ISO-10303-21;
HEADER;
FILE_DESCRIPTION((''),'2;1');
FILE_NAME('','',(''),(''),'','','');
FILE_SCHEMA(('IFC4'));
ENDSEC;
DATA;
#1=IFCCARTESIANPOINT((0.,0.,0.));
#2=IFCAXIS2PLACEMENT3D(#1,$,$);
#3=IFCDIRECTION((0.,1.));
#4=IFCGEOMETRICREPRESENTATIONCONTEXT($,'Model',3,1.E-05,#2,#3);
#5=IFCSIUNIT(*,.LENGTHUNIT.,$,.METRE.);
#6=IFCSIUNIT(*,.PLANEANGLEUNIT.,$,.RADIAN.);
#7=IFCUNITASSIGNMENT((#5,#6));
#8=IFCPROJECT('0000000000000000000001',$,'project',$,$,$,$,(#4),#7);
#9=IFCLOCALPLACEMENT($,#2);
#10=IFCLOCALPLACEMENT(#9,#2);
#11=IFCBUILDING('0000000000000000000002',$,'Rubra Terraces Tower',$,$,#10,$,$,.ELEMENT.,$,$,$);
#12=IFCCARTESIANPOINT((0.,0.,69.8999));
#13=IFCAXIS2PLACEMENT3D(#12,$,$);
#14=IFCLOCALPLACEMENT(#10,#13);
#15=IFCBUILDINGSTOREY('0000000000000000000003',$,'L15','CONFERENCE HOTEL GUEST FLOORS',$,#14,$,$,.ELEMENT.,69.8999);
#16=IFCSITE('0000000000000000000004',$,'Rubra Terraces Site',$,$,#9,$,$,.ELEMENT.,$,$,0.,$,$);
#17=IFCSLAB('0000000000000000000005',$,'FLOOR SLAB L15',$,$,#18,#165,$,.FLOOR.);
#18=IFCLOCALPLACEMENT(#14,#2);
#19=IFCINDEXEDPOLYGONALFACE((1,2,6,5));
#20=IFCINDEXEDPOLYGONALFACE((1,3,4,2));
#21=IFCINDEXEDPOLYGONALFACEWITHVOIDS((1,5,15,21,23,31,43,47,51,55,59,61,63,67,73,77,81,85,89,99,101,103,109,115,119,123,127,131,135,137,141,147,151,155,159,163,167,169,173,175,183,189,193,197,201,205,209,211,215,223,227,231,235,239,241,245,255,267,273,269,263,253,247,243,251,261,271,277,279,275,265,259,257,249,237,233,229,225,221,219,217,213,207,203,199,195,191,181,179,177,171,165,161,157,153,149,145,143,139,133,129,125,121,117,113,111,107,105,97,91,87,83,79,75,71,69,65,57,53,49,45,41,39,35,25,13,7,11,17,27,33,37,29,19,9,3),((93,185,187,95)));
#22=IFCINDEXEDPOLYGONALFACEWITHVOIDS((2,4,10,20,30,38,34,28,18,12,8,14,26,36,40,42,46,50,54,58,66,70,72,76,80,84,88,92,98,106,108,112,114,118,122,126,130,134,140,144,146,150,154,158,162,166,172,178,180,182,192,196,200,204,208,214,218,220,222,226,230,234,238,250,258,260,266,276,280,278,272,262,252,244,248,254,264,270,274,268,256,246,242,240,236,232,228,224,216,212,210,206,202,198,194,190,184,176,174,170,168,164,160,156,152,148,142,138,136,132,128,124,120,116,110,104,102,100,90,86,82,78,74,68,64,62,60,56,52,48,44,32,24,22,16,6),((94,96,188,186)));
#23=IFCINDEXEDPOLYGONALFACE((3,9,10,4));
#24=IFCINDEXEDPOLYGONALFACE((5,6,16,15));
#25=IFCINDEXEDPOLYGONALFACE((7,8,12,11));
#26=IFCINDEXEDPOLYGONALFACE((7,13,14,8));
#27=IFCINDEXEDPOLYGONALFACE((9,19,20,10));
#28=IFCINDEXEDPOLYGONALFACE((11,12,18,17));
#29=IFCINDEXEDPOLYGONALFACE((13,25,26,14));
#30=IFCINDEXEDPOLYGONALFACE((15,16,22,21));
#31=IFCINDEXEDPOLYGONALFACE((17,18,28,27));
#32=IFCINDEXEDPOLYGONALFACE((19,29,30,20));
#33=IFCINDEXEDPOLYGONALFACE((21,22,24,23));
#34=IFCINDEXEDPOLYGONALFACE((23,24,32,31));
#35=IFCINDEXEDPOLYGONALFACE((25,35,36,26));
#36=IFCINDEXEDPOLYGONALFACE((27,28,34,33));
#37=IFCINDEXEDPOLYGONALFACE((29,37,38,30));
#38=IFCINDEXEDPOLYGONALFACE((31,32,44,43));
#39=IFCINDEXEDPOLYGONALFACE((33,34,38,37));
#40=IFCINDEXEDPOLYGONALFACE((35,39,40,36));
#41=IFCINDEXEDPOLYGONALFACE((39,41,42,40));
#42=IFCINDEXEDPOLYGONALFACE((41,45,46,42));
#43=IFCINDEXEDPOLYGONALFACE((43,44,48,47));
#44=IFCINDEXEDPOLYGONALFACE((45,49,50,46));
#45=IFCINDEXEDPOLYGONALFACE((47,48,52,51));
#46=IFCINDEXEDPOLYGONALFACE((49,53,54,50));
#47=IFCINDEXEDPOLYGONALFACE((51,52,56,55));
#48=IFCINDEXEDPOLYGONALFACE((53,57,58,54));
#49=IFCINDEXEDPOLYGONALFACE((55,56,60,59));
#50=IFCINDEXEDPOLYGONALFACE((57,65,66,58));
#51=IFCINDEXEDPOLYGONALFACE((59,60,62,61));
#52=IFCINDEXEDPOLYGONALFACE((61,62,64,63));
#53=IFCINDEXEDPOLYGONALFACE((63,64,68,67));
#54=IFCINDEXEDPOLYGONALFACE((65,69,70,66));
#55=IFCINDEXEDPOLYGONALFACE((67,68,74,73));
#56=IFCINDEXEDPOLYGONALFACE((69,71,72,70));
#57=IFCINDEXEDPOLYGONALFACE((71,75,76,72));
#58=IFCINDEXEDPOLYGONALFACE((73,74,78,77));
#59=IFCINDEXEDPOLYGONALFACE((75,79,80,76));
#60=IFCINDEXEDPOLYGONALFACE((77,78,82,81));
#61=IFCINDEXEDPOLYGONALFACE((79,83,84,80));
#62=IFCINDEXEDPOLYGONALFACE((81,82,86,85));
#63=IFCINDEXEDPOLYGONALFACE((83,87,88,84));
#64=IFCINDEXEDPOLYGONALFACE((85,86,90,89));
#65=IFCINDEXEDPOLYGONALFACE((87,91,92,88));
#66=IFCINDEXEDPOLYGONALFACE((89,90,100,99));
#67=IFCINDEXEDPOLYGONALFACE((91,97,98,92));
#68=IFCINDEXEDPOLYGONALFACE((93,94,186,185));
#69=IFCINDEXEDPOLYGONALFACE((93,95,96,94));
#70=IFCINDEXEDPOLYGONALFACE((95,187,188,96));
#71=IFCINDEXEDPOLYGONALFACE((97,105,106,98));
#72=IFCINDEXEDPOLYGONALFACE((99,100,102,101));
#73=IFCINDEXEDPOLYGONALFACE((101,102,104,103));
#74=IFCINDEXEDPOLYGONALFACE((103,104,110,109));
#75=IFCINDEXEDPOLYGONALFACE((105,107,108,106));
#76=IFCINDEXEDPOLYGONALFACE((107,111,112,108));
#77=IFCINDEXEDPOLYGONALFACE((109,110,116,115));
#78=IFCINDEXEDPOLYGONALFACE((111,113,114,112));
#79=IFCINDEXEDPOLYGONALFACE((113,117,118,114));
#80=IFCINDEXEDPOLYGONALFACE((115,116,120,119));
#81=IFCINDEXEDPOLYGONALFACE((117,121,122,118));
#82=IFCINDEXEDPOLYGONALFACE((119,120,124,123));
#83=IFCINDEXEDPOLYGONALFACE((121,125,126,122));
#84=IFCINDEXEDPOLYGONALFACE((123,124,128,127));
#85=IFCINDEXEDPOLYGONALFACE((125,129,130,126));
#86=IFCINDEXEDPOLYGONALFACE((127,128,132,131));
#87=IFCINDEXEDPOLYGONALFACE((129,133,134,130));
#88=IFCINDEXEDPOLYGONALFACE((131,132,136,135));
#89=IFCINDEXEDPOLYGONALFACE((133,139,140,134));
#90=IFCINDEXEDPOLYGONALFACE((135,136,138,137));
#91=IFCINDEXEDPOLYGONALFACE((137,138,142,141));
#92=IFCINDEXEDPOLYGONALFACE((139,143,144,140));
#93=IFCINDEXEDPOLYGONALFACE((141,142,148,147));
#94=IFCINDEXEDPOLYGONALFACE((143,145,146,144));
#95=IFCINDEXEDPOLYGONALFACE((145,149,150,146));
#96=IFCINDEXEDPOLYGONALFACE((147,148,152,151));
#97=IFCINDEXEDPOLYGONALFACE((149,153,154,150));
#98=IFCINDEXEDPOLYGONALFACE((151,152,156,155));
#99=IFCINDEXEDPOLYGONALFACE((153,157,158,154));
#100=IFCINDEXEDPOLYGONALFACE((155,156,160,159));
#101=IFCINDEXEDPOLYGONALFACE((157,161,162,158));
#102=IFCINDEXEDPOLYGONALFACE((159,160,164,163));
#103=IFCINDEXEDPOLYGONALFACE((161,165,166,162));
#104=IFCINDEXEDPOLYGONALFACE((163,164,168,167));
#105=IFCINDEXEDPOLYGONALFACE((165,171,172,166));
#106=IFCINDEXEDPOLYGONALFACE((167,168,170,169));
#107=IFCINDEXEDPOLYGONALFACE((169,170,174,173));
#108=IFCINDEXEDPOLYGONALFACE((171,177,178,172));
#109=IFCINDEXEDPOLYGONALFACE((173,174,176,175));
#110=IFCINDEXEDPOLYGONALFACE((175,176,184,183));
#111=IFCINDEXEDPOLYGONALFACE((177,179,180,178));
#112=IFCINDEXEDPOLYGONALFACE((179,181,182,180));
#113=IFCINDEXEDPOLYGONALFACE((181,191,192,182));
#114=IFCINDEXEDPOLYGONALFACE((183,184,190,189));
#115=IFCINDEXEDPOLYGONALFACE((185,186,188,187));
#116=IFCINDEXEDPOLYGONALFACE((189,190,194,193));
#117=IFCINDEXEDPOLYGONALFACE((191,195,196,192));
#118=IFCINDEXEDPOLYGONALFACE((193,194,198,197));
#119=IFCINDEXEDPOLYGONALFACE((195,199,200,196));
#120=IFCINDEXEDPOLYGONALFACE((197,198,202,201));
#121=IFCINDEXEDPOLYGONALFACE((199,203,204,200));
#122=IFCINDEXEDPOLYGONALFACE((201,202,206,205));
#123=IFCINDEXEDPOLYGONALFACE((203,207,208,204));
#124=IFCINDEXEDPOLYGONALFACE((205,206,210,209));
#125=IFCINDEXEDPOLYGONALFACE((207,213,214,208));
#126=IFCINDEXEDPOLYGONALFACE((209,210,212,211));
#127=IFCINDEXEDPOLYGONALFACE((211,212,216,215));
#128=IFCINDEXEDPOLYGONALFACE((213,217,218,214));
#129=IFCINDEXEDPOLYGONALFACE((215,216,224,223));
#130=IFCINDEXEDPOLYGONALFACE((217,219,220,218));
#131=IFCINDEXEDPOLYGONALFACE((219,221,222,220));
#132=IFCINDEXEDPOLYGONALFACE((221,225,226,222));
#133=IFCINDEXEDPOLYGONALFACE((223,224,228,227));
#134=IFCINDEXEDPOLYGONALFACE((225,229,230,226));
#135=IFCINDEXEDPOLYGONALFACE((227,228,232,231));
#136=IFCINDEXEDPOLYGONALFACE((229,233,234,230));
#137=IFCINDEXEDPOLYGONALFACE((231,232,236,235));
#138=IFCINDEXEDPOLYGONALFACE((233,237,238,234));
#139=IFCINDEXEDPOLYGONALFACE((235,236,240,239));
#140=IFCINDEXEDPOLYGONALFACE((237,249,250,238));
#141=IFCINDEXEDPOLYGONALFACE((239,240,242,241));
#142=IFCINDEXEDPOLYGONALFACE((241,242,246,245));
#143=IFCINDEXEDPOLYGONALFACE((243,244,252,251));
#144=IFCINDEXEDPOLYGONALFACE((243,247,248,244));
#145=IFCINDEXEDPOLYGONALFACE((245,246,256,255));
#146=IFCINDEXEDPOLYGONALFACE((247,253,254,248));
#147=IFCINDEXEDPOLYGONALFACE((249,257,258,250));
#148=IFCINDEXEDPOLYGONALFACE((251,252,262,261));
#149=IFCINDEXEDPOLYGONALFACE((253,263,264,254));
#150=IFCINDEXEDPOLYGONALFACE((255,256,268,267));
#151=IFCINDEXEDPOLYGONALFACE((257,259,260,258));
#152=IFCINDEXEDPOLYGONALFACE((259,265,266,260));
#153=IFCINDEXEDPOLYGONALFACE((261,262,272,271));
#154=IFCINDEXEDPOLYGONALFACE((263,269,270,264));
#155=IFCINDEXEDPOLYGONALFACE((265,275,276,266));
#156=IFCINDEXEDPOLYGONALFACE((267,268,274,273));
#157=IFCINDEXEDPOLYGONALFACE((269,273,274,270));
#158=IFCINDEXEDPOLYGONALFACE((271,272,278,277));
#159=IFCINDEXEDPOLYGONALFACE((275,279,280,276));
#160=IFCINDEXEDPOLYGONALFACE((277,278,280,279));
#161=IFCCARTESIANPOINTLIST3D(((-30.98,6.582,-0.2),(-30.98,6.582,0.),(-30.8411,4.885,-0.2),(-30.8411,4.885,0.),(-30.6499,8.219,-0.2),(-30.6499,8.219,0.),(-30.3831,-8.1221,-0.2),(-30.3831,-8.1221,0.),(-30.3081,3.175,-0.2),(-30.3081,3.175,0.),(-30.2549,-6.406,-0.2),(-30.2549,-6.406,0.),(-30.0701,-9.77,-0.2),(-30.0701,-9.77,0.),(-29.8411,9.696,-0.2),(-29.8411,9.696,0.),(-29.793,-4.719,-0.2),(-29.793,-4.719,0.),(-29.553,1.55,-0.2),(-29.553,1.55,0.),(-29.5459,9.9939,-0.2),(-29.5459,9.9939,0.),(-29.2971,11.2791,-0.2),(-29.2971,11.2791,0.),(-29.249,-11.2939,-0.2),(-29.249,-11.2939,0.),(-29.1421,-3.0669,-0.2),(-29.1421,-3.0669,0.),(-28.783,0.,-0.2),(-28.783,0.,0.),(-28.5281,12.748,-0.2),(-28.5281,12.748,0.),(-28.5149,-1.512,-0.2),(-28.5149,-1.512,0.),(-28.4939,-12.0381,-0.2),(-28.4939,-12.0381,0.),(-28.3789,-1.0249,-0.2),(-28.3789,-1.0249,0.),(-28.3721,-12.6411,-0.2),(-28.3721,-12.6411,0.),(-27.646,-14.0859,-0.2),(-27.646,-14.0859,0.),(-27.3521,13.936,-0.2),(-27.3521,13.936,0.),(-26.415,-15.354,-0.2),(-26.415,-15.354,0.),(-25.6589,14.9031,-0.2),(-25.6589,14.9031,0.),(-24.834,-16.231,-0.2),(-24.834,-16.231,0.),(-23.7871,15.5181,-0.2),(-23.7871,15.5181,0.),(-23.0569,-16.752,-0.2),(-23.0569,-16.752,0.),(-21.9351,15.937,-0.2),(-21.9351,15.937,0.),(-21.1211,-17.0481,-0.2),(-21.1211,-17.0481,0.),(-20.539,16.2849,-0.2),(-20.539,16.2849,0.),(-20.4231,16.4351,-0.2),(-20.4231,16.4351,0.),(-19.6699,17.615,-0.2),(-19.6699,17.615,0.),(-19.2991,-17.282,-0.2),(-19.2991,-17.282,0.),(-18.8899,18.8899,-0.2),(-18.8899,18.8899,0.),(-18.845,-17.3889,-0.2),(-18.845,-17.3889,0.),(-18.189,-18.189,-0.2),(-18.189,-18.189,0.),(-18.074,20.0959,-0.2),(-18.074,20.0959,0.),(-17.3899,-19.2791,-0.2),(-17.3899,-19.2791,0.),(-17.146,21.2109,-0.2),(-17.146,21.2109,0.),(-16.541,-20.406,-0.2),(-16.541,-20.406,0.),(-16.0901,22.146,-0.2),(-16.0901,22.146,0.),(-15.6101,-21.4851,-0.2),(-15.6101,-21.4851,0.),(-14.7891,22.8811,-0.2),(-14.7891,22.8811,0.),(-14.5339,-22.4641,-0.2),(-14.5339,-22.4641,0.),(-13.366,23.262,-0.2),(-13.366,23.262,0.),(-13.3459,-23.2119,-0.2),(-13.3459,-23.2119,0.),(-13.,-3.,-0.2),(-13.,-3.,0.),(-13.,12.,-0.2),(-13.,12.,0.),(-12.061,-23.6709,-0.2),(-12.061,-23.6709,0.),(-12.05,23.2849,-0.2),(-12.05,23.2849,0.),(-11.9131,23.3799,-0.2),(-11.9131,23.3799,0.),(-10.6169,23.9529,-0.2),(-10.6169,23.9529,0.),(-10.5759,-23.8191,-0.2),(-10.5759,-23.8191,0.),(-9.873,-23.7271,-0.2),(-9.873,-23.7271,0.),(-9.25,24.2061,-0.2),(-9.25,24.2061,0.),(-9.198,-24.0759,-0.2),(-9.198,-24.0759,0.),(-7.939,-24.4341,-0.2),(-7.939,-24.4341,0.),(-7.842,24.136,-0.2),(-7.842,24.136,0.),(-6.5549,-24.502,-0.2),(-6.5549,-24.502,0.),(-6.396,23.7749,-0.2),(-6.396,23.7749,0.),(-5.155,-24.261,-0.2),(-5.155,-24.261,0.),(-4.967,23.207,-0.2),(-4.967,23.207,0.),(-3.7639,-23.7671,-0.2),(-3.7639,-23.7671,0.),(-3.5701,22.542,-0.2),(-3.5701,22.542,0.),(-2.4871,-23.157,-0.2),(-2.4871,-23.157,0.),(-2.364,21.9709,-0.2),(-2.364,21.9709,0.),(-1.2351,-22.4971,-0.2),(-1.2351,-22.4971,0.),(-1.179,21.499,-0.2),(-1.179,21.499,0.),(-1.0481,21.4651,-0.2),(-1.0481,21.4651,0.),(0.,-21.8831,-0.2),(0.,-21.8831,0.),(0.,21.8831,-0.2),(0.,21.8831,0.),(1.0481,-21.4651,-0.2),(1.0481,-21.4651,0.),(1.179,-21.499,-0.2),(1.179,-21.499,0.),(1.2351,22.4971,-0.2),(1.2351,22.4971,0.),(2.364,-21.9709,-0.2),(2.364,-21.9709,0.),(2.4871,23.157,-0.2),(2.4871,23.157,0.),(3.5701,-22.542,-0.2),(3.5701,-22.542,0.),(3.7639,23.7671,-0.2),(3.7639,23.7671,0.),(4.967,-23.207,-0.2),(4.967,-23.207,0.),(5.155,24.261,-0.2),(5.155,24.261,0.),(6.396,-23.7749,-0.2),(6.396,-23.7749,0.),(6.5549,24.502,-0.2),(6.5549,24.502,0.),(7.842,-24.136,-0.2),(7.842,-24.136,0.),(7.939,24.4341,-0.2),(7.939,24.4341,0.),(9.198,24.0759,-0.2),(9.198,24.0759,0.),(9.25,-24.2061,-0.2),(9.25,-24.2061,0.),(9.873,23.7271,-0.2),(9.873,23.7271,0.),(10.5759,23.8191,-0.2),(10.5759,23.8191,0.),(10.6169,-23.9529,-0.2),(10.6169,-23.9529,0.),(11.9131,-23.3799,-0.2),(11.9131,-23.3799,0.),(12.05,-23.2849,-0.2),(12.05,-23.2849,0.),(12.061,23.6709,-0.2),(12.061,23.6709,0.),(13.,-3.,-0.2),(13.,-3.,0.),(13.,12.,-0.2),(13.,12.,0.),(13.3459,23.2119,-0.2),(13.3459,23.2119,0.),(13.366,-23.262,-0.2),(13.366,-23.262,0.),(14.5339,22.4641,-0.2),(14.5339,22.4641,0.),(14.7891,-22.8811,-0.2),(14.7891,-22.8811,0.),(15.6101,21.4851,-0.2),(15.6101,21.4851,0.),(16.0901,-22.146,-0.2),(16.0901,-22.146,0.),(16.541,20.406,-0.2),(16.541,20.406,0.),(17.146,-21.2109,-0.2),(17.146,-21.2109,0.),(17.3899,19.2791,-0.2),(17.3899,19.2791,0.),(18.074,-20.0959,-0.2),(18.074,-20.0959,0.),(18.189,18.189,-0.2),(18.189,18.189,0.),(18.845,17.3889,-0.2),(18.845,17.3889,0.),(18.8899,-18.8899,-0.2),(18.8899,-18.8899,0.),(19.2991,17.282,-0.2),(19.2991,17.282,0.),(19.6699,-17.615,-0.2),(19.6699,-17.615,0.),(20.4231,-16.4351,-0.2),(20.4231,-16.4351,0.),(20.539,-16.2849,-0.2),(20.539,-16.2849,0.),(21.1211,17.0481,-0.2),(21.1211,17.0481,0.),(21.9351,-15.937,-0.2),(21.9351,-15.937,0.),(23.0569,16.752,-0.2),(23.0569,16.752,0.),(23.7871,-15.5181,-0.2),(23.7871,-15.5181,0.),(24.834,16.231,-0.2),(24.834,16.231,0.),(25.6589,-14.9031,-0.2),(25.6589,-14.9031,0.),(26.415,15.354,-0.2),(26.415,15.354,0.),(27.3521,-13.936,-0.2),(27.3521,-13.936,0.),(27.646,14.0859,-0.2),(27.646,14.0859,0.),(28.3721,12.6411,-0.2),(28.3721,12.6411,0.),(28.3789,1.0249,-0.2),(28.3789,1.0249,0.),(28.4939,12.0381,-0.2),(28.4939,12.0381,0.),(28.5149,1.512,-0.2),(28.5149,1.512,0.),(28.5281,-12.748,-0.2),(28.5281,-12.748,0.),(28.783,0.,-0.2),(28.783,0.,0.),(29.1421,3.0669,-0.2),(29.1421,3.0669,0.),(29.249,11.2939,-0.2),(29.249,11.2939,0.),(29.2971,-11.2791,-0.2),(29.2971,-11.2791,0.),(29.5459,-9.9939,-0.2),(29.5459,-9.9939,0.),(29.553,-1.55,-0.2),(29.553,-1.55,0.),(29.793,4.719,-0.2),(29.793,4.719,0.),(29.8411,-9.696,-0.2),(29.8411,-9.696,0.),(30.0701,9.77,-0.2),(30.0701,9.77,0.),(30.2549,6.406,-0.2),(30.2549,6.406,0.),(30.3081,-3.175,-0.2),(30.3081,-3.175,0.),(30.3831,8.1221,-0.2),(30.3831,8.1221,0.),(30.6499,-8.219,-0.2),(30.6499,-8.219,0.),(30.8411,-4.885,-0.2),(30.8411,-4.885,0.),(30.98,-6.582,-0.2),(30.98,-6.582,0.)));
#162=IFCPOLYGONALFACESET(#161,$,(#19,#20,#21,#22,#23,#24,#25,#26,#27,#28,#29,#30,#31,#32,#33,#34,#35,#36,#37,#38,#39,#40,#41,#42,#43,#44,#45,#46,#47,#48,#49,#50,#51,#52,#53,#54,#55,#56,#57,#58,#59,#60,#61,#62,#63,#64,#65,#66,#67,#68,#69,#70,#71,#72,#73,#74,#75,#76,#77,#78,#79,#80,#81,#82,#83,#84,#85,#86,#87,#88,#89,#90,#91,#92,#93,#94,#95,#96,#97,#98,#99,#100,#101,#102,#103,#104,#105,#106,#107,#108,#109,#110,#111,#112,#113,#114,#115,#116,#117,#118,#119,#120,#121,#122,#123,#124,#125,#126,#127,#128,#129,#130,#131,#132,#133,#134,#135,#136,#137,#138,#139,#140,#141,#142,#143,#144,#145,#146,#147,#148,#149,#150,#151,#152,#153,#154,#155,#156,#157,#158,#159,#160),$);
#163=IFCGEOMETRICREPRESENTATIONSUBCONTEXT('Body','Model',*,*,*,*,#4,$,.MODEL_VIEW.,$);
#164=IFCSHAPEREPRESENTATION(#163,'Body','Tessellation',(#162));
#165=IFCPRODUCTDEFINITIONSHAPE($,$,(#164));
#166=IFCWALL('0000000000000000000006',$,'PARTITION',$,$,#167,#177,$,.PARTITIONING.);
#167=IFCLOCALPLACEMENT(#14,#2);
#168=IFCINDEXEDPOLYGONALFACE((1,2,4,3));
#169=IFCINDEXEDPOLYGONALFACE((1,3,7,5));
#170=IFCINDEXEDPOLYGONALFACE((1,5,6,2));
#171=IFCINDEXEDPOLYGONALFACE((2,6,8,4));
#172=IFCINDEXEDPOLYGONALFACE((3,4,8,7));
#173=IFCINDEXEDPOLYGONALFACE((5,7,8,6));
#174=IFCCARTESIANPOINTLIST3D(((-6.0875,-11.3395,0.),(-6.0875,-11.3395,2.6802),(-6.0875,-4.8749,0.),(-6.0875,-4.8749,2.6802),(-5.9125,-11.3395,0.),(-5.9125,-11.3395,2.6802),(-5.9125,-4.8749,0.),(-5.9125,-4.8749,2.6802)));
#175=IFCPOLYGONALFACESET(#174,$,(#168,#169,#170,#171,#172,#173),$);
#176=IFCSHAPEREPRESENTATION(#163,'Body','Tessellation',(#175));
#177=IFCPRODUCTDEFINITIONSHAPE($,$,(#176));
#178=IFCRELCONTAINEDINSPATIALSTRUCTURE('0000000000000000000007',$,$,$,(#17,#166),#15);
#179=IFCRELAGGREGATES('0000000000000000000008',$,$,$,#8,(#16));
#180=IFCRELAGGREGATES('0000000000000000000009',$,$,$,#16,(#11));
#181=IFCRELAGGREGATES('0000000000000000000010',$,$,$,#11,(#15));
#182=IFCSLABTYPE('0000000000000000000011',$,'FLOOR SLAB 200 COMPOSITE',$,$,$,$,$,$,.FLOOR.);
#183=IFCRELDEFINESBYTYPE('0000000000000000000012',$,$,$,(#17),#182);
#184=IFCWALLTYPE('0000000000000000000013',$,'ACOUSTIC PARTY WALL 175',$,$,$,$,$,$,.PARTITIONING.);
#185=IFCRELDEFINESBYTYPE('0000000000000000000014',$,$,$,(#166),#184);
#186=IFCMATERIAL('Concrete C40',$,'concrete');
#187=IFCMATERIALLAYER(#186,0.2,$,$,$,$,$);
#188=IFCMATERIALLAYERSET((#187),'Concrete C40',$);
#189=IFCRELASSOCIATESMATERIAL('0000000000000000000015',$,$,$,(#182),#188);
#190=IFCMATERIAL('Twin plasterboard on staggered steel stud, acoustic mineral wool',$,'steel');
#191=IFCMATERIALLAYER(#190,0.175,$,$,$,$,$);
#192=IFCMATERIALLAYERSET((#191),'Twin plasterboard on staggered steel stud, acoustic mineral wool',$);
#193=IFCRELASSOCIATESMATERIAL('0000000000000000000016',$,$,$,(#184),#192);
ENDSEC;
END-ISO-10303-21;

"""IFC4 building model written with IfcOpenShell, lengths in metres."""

from ifc_helpers import new_model, si_unit, direction, frame, frame_2d, origin, place, context, subcontext, project, spatial, polyline, rectangle, outline, extrude, material, layer, layer_set, type_object, element, save


model = new_model("IFC4")

# Units and contexts
model_context = context("Model", 3, precision=1e-05, world=origin(), true_north=direction((0.0, 1.0)))
body_context = subcontext(model_context, "Body", "Model", "MODEL_VIEW")
ifc_project = project(units=[si_unit("LENGTHUNIT", "METRE"), si_unit("PLANEANGLEUNIT", "RADIAN")], contexts=[model_context])

# Site, building, storey
site_placement = place(None, origin())
site = spatial("IfcSite", under=ifc_project, at=site_placement, Name="Rubra Terraces Site", CompositionType="ELEMENT", RefElevation=0.0)
building_placement = place(site_placement, origin())
building = spatial("IfcBuilding", under=site, at=building_placement, Name="Rubra Terraces Tower", CompositionType="ELEMENT")
storey_placement = place(building_placement, frame((0.0, 0.0, 69.8999)))
storey = spatial("IfcBuildingStorey", under=building, at=storey_placement, Name="L15", Description="CONFERENCE HOTEL GUEST FLOORS", CompositionType="ELEMENT", Elevation=69.8999)

# Shared definitions
ifc_material_1 = material(Name="Concrete C40", Category="concrete")

# Slab
ifc_layer_1 = layer(ifc_material_1, 0.2)
ifc_layer_set_1 = layer_set([ifc_layer_1], Name="Concrete C40")
slab_type_1 = type_object("IfcSlabType", Name="FLOOR SLAB 200 COMPOSITE", PredefinedType="FLOOR", material=ifc_layer_set_1)
slab_1_placement = place(storey_placement, frame((0.0, 0.0, -0.2)))
element("IfcSlab", 1, at=slab_1_placement, inside=storey, type_object=slab_type_1, Name="FLOOR SLAB L15", PredefinedType="FLOOR", context=body_context, shape_type="SweptSolid", body=[
    extrude(outline(polyline([(-3.7639, -23.7671), (-2.4871, -23.157), (-1.2351, -22.4971), (0.0, -21.8831), (1.0481, -21.4651), (1.179, -21.499), (2.364, -21.9709), (3.5701, -22.542), (4.967, -23.207), (6.396, -23.7749), (7.842, -24.136), (9.25, -24.2061), (10.6169, -23.9529), (11.9131, -23.3799), (12.05, -23.2849), (13.366, -23.262), (14.7891, -22.8811), (16.0901, -22.146), (17.146, -21.2109), (18.074, -20.0959), (18.8899, -18.8899), (19.6699, -17.615), (20.4231, -16.4351), (20.5391, -16.2849), (20.3501, -16.332), (21.9351, -15.937), (23.7871, -15.5181), (25.6589, -14.9031), (27.3521, -13.936), (28.5281, -12.748), (29.2971, -11.2791), (29.5459, -9.9939), (29.8411, -9.696), (30.6499, -8.219), (30.98, -6.582), (30.8411, -4.885), (30.3081, -3.175), (29.553, -1.55), (28.783, 0.0), (28.3789, 1.0249), (28.5149, 1.512), (29.1421, 3.0669), (29.793, 4.719), (30.2549, 6.406), (30.3831, 8.1221), (30.0701, 9.77), (29.249, 11.2939), (28.4939, 12.0381), (28.3721, 12.6411), (27.646, 14.0859), (26.415, 15.354), (24.834, 16.231), (23.0569, 16.752), (21.1211, 17.0481), (19.2991, 17.282), (18.845, 17.3889), (18.189, 18.189), (17.3899, 19.2791), (16.541, 20.406), (15.6101, 21.4851), (14.5339, 22.4641), (13.3459, 23.2119), (12.061, 23.6709), (10.5759, 23.8191), (9.873, 23.7271), (9.198, 24.0759), (7.939, 24.4341), (6.5549, 24.502), (5.155, 24.261), (3.7639, 23.7671), (2.4871, 23.157), (1.2351, 22.4971), (0.0, 21.8831), (-1.0481, 21.4651), (-1.179, 21.499), (-2.364, 21.9709), (-3.5701, 22.542), (-4.967, 23.207), (-6.396, 23.7749), (-7.842, 24.136), (-9.25, 24.2061), (-10.6169, 23.9529), (-11.9131, 23.3799), (-12.05, 23.2849), (-13.366, 23.262), (-14.7891, 22.8811), (-16.0901, 22.146), (-17.146, 21.2109), (-18.074, 20.0959), (-18.8899, 18.8899), (-19.6699, 17.615), (-20.4231, 16.4351), (-20.5391, 16.2849), (-20.3501, 16.332), (-21.9351, 15.937), (-23.7871, 15.5181), (-25.6589, 14.9031), (-27.3521, 13.936), (-28.5281, 12.748), (-29.2971, 11.2791), (-29.5459, 9.9939), (-29.8411, 9.696), (-30.6499, 8.219), (-30.98, 6.582), (-30.8411, 4.885), (-30.3081, 3.175), (-29.553, 1.55), (-28.783, 0.0), (-28.3789, -1.0249), (-28.5149, -1.512), (-29.1421, -3.0669), (-29.793, -4.719), (-30.2549, -6.406), (-30.3831, -8.1221), (-30.0701, -9.77), (-29.249, -11.2939), (-28.4939, -12.0381), (-28.3721, -12.6411), (-27.646, -14.0859), (-26.415, -15.354), (-24.834, -16.231), (-23.0569, -16.752), (-21.1211, -17.0481), (-19.2991, -17.282), (-18.845, -17.3889), (-18.189, -18.189), (-17.3899, -19.2791), (-16.541, -20.406), (-15.6101, -21.4851), (-14.5339, -22.4641), (-13.3459, -23.2119), (-12.061, -23.6709), (-10.5759, -23.8191), (-9.873, -23.7271), (-9.198, -24.0759), (-7.939, -24.4341), (-6.5549, -24.502), (-5.155, -24.261), (-3.7639, -23.7671)]), holes=[polyline([(13.0, 12.0), (13.0, -3.0), (-13.0, -3.0), (-13.0, 12.0), (13.0, 12.0)])]), origin(), (0.0, 0.0, 1.0), 0.2),
])

# Wall
ifc_material_2 = material(Name="Twin plasterboard on staggered steel stud, acoustic mineral wool", Category="steel")
ifc_layer_2 = layer(ifc_material_2, 0.175)
ifc_layer_set_2 = layer_set([ifc_layer_2], Name="Twin plasterboard on staggered steel stud, acoustic mineral wool")
wall_type_1 = type_object("IfcWallType", Name="ACOUSTIC PARTY WALL 175", PredefinedType="PARTITIONING", material=ifc_layer_set_2)
wall_1_placement = place(storey_placement, frame((-6.0, -11.3396, 0.0), z_axis=(0.0, 0.0, 1.0), x_axis=(0.0, 1.0, 0.0)))
element("IfcWall", 2, at=wall_1_placement, inside=storey, type_object=wall_type_1, Name="PARTITION", PredefinedType="PARTITIONING", context=body_context, shape_type="SweptSolid", body=[
    extrude(rectangle(XDim=6.4646, YDim=0.175, at=frame_2d((3.2324, 0.0))), origin(), (0.0, 0.0, 1.0), 2.6802),
])

save(model, "model.ifc")
